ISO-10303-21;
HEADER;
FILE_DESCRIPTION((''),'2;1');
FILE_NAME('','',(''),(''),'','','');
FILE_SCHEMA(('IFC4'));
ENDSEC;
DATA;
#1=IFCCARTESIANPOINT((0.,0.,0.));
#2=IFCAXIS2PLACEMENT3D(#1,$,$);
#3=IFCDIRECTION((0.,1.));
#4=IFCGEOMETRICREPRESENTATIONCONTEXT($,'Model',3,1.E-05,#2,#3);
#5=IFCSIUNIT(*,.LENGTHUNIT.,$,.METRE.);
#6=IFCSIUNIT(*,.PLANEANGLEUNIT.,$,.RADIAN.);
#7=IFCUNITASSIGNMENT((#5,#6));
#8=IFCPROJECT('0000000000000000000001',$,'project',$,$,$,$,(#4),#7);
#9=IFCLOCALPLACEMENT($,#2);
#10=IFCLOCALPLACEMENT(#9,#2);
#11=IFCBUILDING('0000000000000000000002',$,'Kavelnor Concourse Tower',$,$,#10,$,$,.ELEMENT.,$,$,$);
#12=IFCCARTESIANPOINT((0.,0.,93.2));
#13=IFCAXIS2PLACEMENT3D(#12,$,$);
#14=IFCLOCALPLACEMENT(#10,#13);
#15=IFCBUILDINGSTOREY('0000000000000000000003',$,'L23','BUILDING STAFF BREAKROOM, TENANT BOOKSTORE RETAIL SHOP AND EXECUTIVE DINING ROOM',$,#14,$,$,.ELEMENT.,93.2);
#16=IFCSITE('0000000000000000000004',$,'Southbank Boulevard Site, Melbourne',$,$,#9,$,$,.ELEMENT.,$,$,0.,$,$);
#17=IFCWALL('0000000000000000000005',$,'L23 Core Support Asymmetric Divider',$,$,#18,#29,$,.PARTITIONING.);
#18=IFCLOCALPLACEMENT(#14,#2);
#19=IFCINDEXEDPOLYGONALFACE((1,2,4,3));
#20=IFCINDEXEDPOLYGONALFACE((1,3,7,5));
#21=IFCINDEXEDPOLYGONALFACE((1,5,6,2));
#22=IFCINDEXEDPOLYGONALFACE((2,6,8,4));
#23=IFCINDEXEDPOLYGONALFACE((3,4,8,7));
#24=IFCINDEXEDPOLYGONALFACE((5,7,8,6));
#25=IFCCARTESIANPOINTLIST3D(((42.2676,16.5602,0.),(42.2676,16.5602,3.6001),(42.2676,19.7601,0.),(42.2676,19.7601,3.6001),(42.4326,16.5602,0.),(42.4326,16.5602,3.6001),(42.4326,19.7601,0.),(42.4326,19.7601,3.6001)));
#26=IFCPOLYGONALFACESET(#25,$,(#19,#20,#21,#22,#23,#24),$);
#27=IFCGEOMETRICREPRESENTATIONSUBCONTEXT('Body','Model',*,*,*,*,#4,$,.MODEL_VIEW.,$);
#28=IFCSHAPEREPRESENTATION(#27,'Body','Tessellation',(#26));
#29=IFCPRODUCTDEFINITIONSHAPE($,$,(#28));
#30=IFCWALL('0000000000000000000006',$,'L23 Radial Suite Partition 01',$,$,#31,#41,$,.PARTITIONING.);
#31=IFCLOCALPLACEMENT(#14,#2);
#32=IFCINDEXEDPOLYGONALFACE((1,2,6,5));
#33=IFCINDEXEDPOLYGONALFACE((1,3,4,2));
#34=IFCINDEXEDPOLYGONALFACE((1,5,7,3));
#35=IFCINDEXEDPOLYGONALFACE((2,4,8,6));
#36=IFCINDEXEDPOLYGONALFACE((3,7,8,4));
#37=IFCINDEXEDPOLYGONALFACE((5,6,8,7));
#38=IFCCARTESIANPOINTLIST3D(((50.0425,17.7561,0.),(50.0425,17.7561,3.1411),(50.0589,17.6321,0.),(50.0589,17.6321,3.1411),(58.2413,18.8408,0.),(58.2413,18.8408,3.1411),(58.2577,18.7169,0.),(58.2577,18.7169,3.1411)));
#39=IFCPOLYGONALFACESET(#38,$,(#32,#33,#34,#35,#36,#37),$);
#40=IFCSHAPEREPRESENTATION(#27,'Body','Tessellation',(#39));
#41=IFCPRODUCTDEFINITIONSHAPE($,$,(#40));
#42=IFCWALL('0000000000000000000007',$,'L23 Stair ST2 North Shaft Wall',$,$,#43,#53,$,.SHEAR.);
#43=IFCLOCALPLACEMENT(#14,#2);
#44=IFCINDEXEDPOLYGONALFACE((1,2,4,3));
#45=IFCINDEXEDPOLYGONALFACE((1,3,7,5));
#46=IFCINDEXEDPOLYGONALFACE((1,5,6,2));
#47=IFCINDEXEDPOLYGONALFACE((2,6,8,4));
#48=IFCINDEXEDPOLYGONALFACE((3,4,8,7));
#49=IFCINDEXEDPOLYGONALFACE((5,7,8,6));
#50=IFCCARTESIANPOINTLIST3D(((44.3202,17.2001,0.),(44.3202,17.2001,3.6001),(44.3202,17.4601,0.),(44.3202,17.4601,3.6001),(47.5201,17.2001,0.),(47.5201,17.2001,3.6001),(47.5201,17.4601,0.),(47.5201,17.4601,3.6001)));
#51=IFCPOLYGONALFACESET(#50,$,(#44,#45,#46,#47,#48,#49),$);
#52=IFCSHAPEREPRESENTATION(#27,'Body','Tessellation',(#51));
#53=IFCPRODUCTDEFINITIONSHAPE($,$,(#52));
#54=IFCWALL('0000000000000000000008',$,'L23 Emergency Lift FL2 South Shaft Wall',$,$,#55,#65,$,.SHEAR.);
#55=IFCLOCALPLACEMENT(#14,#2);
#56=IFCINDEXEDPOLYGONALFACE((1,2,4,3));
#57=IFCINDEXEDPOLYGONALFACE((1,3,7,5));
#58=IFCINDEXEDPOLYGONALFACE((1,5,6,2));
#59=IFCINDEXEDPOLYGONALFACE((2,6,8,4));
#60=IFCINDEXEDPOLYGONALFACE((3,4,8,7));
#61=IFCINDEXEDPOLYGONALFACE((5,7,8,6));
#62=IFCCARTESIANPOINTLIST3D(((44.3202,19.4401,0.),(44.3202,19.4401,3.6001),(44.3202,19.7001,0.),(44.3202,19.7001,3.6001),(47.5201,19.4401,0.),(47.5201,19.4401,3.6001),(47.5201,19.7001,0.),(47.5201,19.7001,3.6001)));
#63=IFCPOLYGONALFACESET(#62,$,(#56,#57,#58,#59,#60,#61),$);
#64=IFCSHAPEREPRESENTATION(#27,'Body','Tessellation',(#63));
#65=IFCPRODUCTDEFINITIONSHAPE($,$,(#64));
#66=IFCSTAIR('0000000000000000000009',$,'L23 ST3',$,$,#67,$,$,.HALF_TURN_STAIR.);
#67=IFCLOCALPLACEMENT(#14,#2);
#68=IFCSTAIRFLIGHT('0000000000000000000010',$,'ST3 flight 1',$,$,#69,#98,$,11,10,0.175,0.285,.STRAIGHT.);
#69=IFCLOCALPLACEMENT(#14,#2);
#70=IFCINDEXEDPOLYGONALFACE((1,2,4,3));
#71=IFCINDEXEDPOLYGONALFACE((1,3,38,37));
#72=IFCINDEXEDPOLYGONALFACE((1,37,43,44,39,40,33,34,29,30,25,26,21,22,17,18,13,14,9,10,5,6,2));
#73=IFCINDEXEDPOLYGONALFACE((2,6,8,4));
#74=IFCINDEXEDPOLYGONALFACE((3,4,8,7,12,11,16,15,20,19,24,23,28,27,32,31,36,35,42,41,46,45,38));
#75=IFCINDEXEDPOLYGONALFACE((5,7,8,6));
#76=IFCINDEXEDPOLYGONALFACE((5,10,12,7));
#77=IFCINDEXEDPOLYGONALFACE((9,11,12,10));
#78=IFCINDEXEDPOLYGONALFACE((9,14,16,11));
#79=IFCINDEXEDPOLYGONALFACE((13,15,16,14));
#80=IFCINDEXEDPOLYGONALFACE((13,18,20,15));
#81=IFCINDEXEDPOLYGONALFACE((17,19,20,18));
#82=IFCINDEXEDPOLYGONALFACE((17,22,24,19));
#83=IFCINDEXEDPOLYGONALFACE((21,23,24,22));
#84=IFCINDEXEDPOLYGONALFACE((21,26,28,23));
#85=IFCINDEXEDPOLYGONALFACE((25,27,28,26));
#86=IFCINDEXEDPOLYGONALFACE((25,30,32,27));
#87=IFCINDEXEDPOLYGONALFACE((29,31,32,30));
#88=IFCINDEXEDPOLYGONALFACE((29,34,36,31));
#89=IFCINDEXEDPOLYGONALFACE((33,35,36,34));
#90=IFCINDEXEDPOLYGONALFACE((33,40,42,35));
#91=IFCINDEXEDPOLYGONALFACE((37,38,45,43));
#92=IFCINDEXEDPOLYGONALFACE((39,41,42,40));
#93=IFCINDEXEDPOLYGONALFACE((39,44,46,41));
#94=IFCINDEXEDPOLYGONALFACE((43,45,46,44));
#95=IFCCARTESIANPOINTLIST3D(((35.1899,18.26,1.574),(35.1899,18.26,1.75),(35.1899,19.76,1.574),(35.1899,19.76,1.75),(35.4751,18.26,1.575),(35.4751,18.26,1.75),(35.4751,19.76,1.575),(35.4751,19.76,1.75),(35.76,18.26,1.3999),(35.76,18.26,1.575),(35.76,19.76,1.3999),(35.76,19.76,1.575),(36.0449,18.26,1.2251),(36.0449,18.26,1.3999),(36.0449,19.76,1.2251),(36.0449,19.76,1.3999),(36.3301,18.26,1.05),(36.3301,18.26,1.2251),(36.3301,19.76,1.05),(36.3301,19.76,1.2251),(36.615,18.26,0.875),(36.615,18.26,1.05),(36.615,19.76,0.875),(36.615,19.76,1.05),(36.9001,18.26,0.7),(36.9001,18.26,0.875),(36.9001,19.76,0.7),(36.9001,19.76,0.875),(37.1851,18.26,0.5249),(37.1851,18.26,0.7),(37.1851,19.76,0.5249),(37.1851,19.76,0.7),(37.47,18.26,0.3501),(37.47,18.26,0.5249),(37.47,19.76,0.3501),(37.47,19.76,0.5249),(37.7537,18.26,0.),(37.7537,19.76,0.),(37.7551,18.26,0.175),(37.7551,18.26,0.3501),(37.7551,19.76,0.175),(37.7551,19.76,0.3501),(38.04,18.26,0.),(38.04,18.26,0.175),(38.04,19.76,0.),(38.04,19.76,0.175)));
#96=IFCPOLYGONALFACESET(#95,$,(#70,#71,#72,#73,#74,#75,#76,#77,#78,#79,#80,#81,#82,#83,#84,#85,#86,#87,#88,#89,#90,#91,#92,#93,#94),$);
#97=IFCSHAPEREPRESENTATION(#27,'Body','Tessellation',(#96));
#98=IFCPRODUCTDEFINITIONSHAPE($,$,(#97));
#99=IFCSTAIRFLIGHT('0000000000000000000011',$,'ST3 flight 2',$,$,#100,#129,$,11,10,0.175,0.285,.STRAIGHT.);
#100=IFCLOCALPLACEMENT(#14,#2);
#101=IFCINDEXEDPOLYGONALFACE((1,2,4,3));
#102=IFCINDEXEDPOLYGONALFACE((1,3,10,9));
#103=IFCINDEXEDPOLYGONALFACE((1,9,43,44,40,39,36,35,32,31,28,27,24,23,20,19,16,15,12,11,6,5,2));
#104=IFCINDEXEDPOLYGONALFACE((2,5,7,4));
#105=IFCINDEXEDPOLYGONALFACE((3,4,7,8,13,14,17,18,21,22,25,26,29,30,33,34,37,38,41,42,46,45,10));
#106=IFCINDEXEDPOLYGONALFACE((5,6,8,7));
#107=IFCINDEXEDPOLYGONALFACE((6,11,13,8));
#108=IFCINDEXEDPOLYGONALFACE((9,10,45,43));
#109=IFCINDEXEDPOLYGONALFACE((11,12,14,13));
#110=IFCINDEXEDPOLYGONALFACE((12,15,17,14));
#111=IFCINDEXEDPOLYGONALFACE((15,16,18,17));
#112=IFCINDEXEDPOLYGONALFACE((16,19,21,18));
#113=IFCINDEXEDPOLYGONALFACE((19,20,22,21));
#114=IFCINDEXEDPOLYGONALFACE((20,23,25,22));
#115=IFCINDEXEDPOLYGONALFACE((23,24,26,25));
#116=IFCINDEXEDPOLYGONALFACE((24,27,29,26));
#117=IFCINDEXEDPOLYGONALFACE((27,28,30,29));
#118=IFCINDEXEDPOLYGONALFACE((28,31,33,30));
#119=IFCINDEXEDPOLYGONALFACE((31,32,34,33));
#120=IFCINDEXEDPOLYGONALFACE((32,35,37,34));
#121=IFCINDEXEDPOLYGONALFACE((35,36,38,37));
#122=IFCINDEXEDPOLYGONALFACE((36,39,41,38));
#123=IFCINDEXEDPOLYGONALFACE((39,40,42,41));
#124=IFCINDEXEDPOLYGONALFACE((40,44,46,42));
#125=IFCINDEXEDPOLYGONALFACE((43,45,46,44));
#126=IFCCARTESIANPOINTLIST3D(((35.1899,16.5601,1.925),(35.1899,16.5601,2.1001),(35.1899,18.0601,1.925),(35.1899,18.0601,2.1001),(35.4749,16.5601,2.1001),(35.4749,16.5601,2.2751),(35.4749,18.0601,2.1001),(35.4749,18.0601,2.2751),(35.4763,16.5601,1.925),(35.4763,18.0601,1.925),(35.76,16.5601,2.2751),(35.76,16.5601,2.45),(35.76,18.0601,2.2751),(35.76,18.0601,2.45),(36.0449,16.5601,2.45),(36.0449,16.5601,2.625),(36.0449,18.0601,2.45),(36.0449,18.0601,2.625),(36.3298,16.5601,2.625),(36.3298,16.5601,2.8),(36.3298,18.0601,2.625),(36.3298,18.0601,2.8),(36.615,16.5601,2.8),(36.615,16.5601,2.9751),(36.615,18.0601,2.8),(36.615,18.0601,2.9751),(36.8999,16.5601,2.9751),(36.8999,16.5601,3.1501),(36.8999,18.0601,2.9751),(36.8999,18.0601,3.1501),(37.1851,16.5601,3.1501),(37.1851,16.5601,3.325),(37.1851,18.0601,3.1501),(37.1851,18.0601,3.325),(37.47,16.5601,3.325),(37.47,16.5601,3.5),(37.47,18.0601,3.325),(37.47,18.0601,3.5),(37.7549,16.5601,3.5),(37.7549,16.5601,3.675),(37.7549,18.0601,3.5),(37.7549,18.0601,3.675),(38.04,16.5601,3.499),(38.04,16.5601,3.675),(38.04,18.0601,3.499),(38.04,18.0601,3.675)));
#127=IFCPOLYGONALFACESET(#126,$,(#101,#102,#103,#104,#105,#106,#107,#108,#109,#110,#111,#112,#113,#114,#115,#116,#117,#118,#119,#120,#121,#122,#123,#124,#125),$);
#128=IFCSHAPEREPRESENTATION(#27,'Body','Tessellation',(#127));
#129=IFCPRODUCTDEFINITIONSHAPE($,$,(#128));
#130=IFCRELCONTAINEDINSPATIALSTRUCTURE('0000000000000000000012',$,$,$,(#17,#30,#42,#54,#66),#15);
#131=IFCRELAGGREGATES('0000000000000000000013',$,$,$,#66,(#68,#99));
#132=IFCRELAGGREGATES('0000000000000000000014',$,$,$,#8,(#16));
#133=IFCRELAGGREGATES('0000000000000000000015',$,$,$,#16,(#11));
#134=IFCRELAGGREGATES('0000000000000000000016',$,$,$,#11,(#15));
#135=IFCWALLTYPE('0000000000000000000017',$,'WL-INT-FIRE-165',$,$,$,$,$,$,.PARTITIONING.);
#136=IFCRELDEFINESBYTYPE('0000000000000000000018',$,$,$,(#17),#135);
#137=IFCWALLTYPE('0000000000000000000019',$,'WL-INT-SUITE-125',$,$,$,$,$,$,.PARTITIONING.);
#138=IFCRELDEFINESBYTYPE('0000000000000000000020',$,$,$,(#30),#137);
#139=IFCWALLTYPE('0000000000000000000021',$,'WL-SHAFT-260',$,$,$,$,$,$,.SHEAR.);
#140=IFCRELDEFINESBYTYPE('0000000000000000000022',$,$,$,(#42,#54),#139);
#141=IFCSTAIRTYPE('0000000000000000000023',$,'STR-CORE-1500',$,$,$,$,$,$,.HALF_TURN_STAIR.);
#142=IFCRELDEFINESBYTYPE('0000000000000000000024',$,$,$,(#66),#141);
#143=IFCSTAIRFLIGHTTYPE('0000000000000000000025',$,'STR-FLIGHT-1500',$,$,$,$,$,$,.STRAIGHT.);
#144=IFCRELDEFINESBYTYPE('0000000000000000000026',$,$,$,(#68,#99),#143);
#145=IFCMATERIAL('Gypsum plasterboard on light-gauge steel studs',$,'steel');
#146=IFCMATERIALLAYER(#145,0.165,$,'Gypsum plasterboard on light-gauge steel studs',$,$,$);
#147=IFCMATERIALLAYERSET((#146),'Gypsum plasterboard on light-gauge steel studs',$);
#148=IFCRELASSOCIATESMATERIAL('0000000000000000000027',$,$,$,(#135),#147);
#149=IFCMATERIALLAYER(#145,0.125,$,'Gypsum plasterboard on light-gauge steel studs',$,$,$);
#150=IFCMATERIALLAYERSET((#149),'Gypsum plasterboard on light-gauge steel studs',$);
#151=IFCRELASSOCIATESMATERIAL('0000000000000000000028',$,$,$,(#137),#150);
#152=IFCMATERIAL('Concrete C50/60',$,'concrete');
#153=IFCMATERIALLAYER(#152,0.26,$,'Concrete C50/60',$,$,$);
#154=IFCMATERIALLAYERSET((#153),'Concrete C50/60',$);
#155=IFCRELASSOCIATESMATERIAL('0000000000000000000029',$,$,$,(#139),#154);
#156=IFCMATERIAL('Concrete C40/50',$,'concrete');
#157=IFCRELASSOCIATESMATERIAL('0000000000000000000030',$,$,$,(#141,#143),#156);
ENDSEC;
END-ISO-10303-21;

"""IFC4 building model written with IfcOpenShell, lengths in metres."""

from ifc_helpers import new_model, si_unit, direction, frame, frame_2d, origin, place, context, subcontext, project, spatial, polyline, rectangle, outline, extrude, material, layer, layer_set, type_object, element, aggregate, save


model = new_model("IFC4")

# Units and contexts
model_context = context("Model", 3, precision=1e-05, world=origin(), true_north=direction((0.0, 1.0)))
body_context = subcontext(model_context, "Body", "Model", "MODEL_VIEW")
ifc_project = project(units=[si_unit("LENGTHUNIT", "METRE"), si_unit("PLANEANGLEUNIT", "RADIAN")], contexts=[model_context])

# Site, building, storey
site_placement = place(None, origin())
site = spatial("IfcSite", under=ifc_project, at=site_placement, Name="Southbank Boulevard Site, Melbourne", CompositionType="ELEMENT", RefElevation=0.0)
building_placement = place(site_placement, origin())
building = spatial("IfcBuilding", under=site, at=building_placement, Name="Kavelnor Concourse Tower", CompositionType="ELEMENT")
storey_placement = place(building_placement, frame((0.0, 0.0, 93.2)))
storey = spatial("IfcBuildingStorey", under=building, at=storey_placement, Name="L23", Description="BUILDING STAFF BREAKROOM, TENANT BOOKSTORE RETAIL SHOP AND EXECUTIVE DINING ROOM", CompositionType="ELEMENT", Elevation=93.2)

# Walls
ifc_material_1 = material(Name="Gypsum plasterboard on light-gauge steel studs", Category="steel")
ifc_layer_1 = layer(ifc_material_1, 0.165, Name="Gypsum plasterboard on light-gauge steel studs")
ifc_layer_set_1 = layer_set([ifc_layer_1], Name="Gypsum plasterboard on light-gauge steel studs")
wall_type_1 = type_object("IfcWallType", Name="WL-INT-FIRE-165", PredefinedType="PARTITIONING", material=ifc_layer_set_1)
wall_1_placement = place(storey_placement, frame((42.3501, 16.5601, 0.0), z_axis=(0.0, 0.0, 1.0), x_axis=(0.0, 1.0, 0.0)))
element("IfcWall", 1, at=wall_1_placement, inside=storey, type_object=wall_type_1, Name="L23 Core Support Asymmetric Divider", PredefinedType="PARTITIONING", context=body_context, shape_type="SweptSolid", body=[
    extrude(rectangle(XDim=3.2, YDim=0.165, at=frame_2d((1.6001, 0.0))), origin(), (0.0, 0.0, 1.0), 3.6001),
])
ifc_layer_2 = layer(ifc_material_1, 0.125, Name="Gypsum plasterboard on light-gauge steel studs")
ifc_layer_set_2 = layer_set([ifc_layer_2], Name="Gypsum plasterboard on light-gauge steel studs")
wall_type_2 = type_object("IfcWallType", Name="WL-INT-SUITE-125", PredefinedType="PARTITIONING", material=ifc_layer_set_2)
wall_2_placement = place(storey_placement, frame((50.0505, 17.6941, 0.0), z_axis=(0.0, 0.0, 1.0), x_axis=(0.991361, 0.13116, 0.0)))
element("IfcWall", 2, at=wall_2_placement, inside=storey, type_object=wall_type_2, Name="L23 Radial Suite Partition 01", PredefinedType="PARTITIONING", context=body_context, shape_type="SweptSolid", body=[
    extrude(rectangle(XDim=8.2703, YDim=0.125, at=frame_2d((4.1353, 0.0))), origin(), (0.0, 0.0, 1.0), 3.1411),
])
ifc_material_2 = material(Name="Concrete C50/60", Category="concrete")
ifc_layer_3 = layer(ifc_material_2, 0.26, Name="Concrete C50/60")
ifc_layer_set_3 = layer_set([ifc_layer_3], Name="Concrete C50/60")
wall_type_3 = type_object("IfcWallType", Name="WL-SHAFT-260", PredefinedType="SHEAR", material=ifc_layer_set_3)
for number, where, z_axis, x_axis, name in (
    (3, (44.3201, 17.3301, 0.0), (0.0, 0.0, 1.0), (1.0, 0.0, 0.0), "L23 Stair ST2 North Shaft Wall"),
    (4, (44.3201, 19.5701, 0.0), (0.0, 0.0, 1.0), (1.0, 0.0, 0.0), "L23 Emergency Lift FL2 South Shaft Wall"),
):
    element("IfcWall", number, at=place(storey_placement, frame(where, z_axis=z_axis, x_axis=x_axis)), inside=storey, type_object=wall_type_3, Name=name, PredefinedType="SHEAR", context=body_context, shape_type="SweptSolid", body=[
        extrude(rectangle(XDim=3.2, YDim=0.26, at=frame_2d((1.6001, 0.0))), origin(), (0.0, 0.0, 1.0), 3.6001),
    ])

# Stair, stair flights
ifc_material_3 = material(Name="Concrete C40/50", Category="concrete")
stair_type = type_object("IfcStairType", Name="STR-CORE-1500", PredefinedType="HALF_TURN_STAIR", material=ifc_material_3)
stair_placement = place(storey_placement, origin())
stair = element("IfcStair", 5, at=stair_placement, inside=storey, type_object=stair_type, Name="L23 ST3", PredefinedType="HALF_TURN_STAIR")
stair_flight_type = type_object("IfcStairFlightType", Name="STR-FLIGHT-1500", PredefinedType="STRAIGHT", material=ifc_material_3)
stair_flight_1_placement = place(storey_placement, frame((38.04, 19.01, 0.0), z_axis=(0.0, 0.0, 1.0), x_axis=(-1.0, 0.0, 0.0)))
stair_flight_1 = element("IfcStairFlight", 6, at=stair_flight_1_placement, type_object=stair_flight_type, Name="ST3 flight 1", NumberOfRisers=11, NumberOfTreads=10, PredefinedType="STRAIGHT", RiserHeight=0.175, TreadLength=0.285, context=body_context, shape_type="SweptSolid", body=[
    extrude(outline(polyline([(0.0, 0.0), (0.0, 0.175), (0.2849, 0.175), (0.2849, 0.3501), (0.5701, 0.3501), (0.5701, 0.5249), (0.855, 0.5249), (0.855, 0.7), (1.1399, 0.7), (1.1399, 0.875), (1.425, 0.875), (1.425, 1.05), (1.71, 1.05), (1.71, 1.2251), (1.9951, 1.2251), (1.9951, 1.3999), (2.28, 1.3999), (2.28, 1.575), (2.5649, 1.575), (2.5649, 1.75), (2.8501, 1.75), (2.8501, 1.925), (2.8501, 1.574), (0.2864, 0.0), (0.0, 0.0)])), frame((0.0, 0.75, 0.0), z_axis=(0.0, -1.0, 0.0), x_axis=(1.0, 0.0, 0.0)), (0.0, 0.0, 1.0), 1.5),
])
stair_flight_2_placement = place(storey_placement, frame((35.1899, 17.3101, 1.925), z_axis=(0.0, 0.0, 1.0), x_axis=(1.0, 0.0, 0.0)))
stair_flight_2 = element("IfcStairFlight", 7, at=stair_flight_2_placement, type_object=stair_flight_type, Name="ST3 flight 2", NumberOfRisers=11, NumberOfTreads=10, PredefinedType="STRAIGHT", RiserHeight=0.175, TreadLength=0.285, context=body_context, shape_type="SweptSolid", body=[
    extrude(outline(polyline([(0.0, 0.0), (0.0, 0.175), (0.2849, 0.175), (0.2849, 0.3501), (0.5701, 0.3501), (0.5701, 0.5249), (0.855, 0.5249), (0.855, 0.7), (1.1399, 0.7), (1.1399, 0.875), (1.425, 0.875), (1.425, 1.05), (1.71, 1.05), (1.71, 1.2251), (1.9951, 1.2251), (1.9951, 1.3999), (2.28, 1.3999), (2.28, 1.575), (2.5649, 1.575), (2.5649, 1.75), (2.8501, 1.75), (2.8501, 1.925), (2.8501, 1.574), (0.2864, 0.0), (0.0, 0.0)])), frame((0.0, 0.75, 0.0), z_axis=(0.0, -1.0, 0.0), x_axis=(1.0, 0.0, 0.0)), (0.0, 0.0, 1.0), 1.5),
])
aggregate(stair, [stair_flight_1, stair_flight_2])

save(model, "model.ifc")
